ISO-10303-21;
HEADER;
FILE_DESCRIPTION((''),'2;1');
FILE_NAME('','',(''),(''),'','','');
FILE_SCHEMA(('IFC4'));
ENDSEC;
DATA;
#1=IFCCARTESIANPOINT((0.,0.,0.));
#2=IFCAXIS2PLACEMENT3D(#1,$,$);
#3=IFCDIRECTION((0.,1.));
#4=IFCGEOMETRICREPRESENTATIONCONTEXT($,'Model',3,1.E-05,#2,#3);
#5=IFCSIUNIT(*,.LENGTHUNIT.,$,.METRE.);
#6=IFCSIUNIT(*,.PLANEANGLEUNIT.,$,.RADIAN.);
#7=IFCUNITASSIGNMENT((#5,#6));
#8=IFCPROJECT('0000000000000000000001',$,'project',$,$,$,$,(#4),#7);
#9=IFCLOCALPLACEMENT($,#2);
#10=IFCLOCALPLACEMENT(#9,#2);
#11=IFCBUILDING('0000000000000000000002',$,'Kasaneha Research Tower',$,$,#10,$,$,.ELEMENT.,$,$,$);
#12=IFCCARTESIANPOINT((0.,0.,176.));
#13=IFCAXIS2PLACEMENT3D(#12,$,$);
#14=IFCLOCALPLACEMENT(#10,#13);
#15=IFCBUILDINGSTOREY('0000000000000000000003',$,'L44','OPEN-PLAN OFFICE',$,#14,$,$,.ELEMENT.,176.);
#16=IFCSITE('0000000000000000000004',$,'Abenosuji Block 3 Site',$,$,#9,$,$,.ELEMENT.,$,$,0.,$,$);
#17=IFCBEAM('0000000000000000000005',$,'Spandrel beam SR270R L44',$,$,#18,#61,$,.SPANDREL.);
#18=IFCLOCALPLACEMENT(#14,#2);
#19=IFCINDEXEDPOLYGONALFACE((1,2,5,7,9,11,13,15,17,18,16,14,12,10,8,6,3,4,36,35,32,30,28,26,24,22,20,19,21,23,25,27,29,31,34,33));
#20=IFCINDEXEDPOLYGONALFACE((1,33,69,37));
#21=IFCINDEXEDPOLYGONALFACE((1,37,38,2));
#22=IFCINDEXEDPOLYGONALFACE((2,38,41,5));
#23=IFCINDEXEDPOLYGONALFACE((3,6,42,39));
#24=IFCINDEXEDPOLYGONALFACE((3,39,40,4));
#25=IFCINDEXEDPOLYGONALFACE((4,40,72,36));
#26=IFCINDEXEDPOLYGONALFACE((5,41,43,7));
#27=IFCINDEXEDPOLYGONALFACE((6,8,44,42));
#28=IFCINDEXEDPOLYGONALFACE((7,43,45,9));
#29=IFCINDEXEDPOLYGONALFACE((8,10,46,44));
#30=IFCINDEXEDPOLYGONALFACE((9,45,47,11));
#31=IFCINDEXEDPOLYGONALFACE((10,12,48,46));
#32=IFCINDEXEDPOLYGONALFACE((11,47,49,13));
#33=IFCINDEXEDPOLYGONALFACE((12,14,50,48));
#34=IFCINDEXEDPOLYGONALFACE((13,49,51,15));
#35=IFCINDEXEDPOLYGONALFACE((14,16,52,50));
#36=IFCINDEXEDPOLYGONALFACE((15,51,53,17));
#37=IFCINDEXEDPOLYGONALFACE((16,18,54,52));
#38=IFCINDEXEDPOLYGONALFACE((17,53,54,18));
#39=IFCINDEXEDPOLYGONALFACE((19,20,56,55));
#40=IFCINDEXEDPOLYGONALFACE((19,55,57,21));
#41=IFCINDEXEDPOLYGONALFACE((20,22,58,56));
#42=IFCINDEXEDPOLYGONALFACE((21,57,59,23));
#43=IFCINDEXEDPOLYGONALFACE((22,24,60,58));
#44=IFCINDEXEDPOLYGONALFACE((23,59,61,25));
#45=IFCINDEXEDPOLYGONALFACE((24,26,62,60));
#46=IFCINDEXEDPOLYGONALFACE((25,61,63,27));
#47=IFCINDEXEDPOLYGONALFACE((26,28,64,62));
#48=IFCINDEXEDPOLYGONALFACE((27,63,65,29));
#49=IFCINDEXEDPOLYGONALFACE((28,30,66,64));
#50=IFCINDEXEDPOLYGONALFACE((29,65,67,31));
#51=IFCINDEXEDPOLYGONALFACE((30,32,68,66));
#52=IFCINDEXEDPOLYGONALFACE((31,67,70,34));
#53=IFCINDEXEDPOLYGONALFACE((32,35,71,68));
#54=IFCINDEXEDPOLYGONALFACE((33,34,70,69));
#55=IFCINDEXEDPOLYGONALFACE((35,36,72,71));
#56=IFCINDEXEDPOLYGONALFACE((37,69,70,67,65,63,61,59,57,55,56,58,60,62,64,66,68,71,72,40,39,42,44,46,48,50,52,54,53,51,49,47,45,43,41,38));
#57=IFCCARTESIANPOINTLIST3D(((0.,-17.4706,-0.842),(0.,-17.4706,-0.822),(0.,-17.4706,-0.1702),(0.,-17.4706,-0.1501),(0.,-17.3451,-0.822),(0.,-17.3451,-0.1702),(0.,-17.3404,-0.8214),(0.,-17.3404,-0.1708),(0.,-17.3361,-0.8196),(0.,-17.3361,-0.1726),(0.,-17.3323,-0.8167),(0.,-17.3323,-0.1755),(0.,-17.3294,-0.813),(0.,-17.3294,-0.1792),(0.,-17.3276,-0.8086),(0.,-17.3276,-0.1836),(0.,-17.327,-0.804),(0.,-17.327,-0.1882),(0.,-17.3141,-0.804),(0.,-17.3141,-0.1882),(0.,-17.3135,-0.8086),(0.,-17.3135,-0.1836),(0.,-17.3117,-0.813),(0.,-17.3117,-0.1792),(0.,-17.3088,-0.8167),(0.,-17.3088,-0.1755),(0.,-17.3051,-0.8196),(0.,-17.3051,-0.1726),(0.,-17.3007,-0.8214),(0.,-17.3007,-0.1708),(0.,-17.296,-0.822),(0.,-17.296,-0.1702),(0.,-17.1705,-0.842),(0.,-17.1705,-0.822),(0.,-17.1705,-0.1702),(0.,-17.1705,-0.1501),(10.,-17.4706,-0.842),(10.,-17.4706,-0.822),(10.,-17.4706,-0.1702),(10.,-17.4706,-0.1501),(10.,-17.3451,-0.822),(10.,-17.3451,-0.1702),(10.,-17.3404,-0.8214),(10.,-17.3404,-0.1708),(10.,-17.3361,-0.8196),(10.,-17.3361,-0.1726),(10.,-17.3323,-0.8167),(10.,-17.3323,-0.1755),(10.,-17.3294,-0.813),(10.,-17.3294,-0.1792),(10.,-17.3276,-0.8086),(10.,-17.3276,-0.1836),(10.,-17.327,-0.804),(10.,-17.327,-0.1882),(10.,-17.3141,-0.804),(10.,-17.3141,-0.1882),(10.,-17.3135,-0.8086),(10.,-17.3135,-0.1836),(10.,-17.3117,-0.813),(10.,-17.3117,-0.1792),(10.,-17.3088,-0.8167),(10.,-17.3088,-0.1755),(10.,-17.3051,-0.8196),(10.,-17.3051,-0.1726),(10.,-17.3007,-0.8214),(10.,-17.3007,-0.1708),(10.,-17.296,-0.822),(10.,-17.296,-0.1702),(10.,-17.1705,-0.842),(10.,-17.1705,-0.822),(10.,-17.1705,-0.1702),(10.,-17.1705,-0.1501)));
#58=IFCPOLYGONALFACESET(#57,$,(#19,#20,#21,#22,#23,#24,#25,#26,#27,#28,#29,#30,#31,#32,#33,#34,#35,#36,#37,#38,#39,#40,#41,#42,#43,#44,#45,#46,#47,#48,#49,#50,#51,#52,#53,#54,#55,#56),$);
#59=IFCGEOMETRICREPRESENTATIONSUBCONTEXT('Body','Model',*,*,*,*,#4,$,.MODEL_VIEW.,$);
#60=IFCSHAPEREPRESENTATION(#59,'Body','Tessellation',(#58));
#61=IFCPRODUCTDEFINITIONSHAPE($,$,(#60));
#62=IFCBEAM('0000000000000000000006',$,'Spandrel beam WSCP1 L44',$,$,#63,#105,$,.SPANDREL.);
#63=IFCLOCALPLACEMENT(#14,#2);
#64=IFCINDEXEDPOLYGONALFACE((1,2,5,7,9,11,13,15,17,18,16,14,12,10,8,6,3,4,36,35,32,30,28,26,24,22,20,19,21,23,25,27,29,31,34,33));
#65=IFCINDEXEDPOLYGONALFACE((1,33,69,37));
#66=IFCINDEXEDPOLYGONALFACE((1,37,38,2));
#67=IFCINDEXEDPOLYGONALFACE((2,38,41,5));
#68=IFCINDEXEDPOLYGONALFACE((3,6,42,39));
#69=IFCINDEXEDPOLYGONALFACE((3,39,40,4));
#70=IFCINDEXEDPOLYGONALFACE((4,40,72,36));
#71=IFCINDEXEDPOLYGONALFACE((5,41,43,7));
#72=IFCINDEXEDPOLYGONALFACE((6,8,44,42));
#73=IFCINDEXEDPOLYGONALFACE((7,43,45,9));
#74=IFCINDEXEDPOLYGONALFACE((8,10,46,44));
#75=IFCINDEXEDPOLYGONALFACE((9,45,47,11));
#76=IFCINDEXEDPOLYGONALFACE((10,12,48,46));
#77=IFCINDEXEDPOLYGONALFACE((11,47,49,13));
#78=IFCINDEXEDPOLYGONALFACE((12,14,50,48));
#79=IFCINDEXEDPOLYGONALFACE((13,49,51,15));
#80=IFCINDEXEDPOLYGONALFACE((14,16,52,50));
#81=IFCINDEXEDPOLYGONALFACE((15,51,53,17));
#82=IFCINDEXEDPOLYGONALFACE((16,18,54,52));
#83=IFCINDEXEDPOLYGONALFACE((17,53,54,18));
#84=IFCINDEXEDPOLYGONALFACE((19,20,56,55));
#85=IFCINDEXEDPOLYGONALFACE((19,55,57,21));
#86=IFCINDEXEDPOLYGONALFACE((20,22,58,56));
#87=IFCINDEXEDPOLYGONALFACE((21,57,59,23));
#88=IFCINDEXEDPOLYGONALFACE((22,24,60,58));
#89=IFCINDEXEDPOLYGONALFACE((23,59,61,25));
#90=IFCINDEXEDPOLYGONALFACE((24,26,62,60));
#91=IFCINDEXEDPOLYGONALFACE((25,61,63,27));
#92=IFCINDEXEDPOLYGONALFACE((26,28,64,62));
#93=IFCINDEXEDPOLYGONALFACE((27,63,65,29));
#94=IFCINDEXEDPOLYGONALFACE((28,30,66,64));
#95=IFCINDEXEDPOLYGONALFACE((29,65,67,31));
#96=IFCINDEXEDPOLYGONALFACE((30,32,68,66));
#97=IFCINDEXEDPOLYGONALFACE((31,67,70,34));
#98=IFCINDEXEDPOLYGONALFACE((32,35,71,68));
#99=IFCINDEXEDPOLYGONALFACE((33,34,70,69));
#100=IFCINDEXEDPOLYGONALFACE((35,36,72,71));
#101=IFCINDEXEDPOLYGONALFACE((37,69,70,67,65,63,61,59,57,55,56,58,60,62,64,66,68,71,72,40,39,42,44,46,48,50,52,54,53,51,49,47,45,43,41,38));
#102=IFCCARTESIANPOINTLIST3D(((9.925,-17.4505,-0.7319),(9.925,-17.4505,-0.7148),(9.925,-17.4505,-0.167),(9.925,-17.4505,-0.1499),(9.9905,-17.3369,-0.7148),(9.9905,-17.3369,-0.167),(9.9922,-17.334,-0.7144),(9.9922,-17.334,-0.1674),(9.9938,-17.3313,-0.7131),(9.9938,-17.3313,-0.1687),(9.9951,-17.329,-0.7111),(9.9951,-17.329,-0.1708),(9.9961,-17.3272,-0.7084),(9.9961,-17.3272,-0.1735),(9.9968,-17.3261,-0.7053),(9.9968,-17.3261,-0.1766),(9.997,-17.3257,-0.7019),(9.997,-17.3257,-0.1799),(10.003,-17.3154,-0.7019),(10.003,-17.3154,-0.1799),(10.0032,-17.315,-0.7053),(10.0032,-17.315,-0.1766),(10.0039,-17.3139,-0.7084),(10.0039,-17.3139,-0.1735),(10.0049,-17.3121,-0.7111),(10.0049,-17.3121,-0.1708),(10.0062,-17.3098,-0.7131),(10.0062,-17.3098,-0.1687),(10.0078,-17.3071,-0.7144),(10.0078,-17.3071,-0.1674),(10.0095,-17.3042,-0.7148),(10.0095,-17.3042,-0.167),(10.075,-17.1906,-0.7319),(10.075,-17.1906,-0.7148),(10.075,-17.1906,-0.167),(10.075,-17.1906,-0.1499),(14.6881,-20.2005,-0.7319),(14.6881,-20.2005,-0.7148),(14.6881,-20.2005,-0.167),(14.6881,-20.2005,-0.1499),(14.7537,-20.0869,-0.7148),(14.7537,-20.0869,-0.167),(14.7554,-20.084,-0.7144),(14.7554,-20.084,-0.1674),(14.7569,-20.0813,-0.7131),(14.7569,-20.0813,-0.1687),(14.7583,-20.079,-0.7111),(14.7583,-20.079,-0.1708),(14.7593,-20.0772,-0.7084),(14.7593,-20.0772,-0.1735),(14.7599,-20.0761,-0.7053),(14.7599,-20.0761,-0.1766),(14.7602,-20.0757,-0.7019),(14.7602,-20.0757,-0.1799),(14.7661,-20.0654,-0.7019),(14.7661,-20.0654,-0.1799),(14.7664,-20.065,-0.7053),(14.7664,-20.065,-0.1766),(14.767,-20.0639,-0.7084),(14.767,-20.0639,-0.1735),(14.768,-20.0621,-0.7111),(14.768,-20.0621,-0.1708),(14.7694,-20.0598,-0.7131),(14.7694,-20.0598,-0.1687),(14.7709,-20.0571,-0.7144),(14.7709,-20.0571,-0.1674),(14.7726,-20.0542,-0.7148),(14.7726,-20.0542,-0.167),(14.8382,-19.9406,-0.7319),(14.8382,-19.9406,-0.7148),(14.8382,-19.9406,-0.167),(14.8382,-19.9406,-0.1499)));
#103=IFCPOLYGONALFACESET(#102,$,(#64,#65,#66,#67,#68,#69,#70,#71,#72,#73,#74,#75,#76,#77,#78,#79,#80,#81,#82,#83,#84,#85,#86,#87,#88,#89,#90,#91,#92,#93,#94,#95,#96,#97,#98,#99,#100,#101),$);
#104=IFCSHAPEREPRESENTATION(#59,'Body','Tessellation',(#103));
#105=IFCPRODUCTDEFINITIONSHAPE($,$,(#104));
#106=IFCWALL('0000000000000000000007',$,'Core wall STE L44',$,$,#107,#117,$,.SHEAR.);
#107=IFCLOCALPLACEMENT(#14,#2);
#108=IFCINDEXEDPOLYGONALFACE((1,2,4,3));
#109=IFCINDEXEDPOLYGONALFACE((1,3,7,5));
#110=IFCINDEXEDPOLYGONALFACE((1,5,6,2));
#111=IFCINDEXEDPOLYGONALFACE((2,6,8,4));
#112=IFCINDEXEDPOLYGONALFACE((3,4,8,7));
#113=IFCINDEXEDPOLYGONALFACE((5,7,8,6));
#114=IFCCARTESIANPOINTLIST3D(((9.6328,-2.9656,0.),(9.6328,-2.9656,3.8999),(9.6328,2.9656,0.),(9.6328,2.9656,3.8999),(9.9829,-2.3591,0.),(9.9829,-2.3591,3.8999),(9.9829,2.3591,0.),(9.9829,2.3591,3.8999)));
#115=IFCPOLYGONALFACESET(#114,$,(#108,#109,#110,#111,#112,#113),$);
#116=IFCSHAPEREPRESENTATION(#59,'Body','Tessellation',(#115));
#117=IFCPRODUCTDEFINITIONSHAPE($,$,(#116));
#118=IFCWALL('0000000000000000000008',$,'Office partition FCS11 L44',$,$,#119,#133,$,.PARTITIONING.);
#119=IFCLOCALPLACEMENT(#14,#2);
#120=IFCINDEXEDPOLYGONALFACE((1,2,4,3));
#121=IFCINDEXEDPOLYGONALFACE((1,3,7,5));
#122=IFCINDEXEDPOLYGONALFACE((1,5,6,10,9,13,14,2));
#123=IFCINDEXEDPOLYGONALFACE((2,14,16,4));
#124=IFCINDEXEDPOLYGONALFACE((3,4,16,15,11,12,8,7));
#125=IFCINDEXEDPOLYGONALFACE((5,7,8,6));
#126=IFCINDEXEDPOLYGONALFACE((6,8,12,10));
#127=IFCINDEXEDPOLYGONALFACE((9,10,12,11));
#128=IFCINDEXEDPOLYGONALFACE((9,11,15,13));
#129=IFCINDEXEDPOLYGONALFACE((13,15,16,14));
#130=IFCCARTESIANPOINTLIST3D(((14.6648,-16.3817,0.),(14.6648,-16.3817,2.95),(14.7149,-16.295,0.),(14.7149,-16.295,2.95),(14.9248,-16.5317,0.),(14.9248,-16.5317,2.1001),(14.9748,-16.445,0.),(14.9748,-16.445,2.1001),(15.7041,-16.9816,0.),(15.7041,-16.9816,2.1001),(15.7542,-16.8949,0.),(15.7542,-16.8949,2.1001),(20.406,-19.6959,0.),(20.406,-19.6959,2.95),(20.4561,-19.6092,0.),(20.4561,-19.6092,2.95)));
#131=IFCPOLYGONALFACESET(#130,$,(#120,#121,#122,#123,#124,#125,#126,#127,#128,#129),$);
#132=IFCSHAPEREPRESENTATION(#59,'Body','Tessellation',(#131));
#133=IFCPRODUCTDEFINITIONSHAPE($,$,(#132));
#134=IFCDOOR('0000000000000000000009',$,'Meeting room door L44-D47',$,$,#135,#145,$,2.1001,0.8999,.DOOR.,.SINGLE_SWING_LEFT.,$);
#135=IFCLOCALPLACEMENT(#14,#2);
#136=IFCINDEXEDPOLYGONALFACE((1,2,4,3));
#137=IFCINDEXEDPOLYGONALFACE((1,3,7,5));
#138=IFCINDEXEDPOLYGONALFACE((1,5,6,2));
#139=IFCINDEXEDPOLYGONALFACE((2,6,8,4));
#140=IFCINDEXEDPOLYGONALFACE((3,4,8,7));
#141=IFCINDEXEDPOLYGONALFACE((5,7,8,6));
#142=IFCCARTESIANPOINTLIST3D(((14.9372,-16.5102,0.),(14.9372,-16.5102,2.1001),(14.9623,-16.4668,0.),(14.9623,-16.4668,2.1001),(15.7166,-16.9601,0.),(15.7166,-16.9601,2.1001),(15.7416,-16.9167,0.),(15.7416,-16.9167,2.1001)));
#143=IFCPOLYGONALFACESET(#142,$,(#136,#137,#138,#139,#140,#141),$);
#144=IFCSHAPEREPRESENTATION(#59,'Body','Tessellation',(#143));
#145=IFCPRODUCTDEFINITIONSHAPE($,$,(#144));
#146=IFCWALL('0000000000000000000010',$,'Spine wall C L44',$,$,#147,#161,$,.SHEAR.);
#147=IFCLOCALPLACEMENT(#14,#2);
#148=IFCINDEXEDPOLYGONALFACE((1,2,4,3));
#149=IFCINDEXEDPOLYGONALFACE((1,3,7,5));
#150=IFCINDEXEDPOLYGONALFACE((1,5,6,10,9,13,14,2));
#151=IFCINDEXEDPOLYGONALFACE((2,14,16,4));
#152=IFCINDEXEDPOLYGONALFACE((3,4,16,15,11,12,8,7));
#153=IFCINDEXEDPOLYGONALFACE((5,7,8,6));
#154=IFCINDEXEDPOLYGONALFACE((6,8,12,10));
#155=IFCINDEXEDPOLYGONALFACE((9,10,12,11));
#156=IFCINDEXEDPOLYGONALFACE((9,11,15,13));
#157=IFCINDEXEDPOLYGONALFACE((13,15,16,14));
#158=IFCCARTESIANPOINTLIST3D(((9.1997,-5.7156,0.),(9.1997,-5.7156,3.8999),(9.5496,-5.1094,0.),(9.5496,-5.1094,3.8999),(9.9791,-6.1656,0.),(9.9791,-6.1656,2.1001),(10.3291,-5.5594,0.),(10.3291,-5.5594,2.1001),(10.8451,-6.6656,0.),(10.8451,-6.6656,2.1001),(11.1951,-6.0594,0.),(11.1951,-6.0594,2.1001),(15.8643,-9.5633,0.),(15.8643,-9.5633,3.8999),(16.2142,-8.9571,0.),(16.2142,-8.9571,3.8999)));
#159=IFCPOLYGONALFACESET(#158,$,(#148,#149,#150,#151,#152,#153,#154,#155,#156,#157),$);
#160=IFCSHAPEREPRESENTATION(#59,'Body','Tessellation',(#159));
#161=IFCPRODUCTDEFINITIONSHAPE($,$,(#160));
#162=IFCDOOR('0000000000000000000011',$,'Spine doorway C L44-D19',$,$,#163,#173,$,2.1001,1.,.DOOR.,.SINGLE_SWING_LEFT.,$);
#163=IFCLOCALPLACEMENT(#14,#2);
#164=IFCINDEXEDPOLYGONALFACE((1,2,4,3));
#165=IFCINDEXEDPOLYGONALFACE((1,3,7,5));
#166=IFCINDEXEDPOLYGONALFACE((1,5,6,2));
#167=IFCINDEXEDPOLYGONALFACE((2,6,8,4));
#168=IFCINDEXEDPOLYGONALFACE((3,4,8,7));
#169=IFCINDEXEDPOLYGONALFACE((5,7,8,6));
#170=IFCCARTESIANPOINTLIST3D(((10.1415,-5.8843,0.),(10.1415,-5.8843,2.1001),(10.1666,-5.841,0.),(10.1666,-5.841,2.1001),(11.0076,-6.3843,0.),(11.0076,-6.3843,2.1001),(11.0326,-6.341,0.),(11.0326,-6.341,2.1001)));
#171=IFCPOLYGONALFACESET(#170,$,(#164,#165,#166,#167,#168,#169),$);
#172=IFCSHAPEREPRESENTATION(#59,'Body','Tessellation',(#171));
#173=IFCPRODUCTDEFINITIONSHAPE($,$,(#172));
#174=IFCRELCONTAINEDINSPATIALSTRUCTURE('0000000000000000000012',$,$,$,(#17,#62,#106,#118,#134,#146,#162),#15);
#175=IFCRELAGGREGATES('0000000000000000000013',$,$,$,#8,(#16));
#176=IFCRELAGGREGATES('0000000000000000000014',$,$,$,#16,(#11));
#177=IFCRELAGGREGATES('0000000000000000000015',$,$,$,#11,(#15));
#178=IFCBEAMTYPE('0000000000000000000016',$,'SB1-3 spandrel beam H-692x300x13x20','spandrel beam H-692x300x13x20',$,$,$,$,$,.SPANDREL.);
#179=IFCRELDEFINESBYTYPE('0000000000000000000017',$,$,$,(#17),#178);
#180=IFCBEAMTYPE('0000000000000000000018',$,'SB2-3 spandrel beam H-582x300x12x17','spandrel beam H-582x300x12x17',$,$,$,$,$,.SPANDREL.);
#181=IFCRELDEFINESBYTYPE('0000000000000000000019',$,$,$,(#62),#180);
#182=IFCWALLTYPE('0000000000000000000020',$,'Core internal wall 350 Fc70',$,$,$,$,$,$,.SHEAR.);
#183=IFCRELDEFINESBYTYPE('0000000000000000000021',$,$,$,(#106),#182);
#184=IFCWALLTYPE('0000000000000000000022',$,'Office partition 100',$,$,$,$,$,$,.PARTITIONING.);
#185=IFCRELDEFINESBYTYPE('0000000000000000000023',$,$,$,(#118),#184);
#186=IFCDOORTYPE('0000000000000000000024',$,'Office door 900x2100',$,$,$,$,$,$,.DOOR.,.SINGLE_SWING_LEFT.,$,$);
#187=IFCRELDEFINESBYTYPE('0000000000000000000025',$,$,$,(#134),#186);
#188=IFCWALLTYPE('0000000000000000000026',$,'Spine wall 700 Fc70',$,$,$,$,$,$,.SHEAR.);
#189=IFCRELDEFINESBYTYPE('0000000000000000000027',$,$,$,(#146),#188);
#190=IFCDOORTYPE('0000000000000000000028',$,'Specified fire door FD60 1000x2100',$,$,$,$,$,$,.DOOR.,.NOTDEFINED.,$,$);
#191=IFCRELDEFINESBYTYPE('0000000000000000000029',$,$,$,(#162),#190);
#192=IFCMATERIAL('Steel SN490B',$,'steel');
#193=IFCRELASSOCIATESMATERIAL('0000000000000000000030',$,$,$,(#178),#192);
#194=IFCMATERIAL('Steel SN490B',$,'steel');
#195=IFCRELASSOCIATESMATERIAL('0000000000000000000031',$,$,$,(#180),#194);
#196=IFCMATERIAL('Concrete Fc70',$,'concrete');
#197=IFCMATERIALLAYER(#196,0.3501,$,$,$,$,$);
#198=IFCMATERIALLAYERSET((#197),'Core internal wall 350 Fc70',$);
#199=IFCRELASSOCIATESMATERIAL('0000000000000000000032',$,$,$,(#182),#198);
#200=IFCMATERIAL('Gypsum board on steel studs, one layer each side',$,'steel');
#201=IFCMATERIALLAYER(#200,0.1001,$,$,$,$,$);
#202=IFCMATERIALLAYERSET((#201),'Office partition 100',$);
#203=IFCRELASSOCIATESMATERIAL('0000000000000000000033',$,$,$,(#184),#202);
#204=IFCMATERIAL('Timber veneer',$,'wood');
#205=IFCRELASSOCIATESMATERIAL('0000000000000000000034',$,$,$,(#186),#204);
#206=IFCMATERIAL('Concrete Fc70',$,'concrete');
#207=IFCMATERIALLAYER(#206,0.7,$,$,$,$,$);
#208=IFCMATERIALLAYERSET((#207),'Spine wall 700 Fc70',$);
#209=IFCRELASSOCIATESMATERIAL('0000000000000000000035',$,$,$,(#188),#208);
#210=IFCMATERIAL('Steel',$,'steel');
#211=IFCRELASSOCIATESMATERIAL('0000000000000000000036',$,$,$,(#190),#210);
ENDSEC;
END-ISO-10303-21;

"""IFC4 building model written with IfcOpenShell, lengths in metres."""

from ifc_helpers import new_model, si_unit, direction, frame, frame_2d, origin, origin_2d, place, context, subcontext, project, spatial, polyline, rectangle, i_section, outline, extrude, material, layer, layer_set, material_profile, profile_set, type_object, element, fill, save


model = new_model("IFC4")

# Units and contexts
model_context = context("Model", 3, precision=1e-05, world=origin(), true_north=direction((0.0, 1.0)))
body_context = subcontext(model_context, "Body", "Model", "MODEL_VIEW")
ifc_project = project(units=[si_unit("LENGTHUNIT", "METRE"), si_unit("PLANEANGLEUNIT", "RADIAN")], contexts=[model_context])

# Site, building, storey
site_placement = place(None, origin())
site = spatial("IfcSite", under=ifc_project, at=site_placement, Name="Abenosuji Block 3 Site", CompositionType="ELEMENT", RefElevation=0.0)
building_placement = place(site_placement, origin())
building = spatial("IfcBuilding", under=site, at=building_placement, Name="Kasaneha Research Tower", CompositionType="ELEMENT")
storey_placement = place(building_placement, frame((0.0, 0.0, 176.0)))
storey = spatial("IfcBuildingStorey", under=building, at=storey_placement, Name="L44", Description="OPEN-PLAN OFFICE", CompositionType="ELEMENT", Elevation=176.0)

# Beams
ifc_material_1 = material(Name="Steel SN490B", Category="steel")
ifc_material_profile_1 = material_profile(ifc_material_1, i_section(OverallWidth=0.3, OverallDepth=0.6919, WebThickness=0.0129, FlangeThickness=0.02, FilletRadius=0.0181, at=origin_2d()), Name="H-692x300x13x20")
ifc_profile_set_1 = profile_set([ifc_material_profile_1], Name="Steel SN490B")
beam_type_1 = type_object("IfcBeamType", Name="SB1-3 spandrel beam H-692x300x13x20", Description="spandrel beam H-692x300x13x20", PredefinedType="SPANDREL", material=ifc_profile_set_1)
beam_1_placement = place(storey_placement, frame((10.0, -17.3206, -0.4961), z_axis=(-1.0, 0.0, 0.0), x_axis=(0.0, -1.0, 0.0)))
element("IfcBeam", 1, at=beam_1_placement, inside=storey, type_object=beam_type_1, Name="Spandrel beam SR270R L44", PredefinedType="SPANDREL", context=body_context, shape_type="SweptSolid", body=[
    extrude(i_section(OverallWidth=0.3, OverallDepth=0.6919, WebThickness=0.0129, FlangeThickness=0.02, FilletRadius=0.0181, at=origin_2d()), origin(), (0.0, 0.0, 1.0), 10.0),
])
ifc_material_2 = material(Name="Steel SN490B", Category="steel")
ifc_material_profile_2 = material_profile(ifc_material_2, i_section(OverallWidth=0.3, OverallDepth=0.582, WebThickness=0.012, FlangeThickness=0.0171, FilletRadius=0.0129, at=origin_2d()), Name="H-582x300x12x17")
ifc_profile_set_2 = profile_set([ifc_material_profile_2], Name="Steel SN490B")
beam_type_2 = type_object("IfcBeamType", Name="SB2-3 spandrel beam H-582x300x12x17", Description="spandrel beam H-582x300x12x17", PredefinedType="SPANDREL", material=ifc_profile_set_2)
beam_2_placement = place(storey_placement, frame((10.0, -17.3206, -0.4409), z_axis=(0.866027, -0.499997, 0.0), x_axis=(0.499997, 0.866027, 0.0)))
element("IfcBeam", 2, at=beam_2_placement, inside=storey, type_object=beam_type_2, Name="Spandrel beam WSCP1 L44", PredefinedType="SPANDREL", context=body_context, shape_type="SweptSolid", body=[
    extrude(i_section(OverallWidth=0.3, OverallDepth=0.582, WebThickness=0.012, FlangeThickness=0.0171, FilletRadius=0.0129, at=origin_2d()), origin(), (0.0, 0.0, 1.0), 5.5),
])

# Wall
ifc_material_3 = material(Name="Concrete Fc70", Category="concrete")
ifc_layer_1 = layer(ifc_material_3, 0.3501)
ifc_layer_set_1 = layer_set([ifc_layer_1], Name="Core internal wall 350 Fc70")
wall_type_1 = type_object("IfcWallType", Name="Core internal wall 350 Fc70", PredefinedType="SHEAR", material=ifc_layer_set_1)
wall_1_placement = place(storey_placement, frame((9.8079, -2.6624, 0.0), z_axis=(0.0, 0.0, 1.0), x_axis=(0.0, 1.0, 0.0)))
element("IfcWall", 3, at=wall_1_placement, inside=storey, type_object=wall_type_1, Name="Core wall STE L44", PredefinedType="SHEAR", context=body_context, shape_type="SweptSolid", body=[
    extrude(outline(polyline([(0.3032, -0.175), (5.0215, -0.175), (5.6279, 0.175), (-0.3032, 0.175), (0.3032, -0.175)])), origin(), (0.0, 0.0, 1.0), 3.8999),
])

# Walls, openings, doors
ifc_material_4 = material(Name="Gypsum board on steel studs, one layer each side", Category="steel")
ifc_layer_2 = layer(ifc_material_4, 0.1001)
ifc_layer_set_2 = layer_set([ifc_layer_2], Name="Office partition 100")
wall_type_2 = type_object("IfcWallType", Name="Office partition 100", PredefinedType="PARTITIONING", material=ifc_layer_set_2)
wall_2_placement = place(storey_placement, frame((14.6899, -16.3384, 0.0), z_axis=(0.0, 0.0, 1.0), x_axis=(0.866057, -0.499946, 0.0)))
wall_2 = element("IfcWall", 4, at=wall_2_placement, inside=storey, type_object=wall_type_2, Name="Office partition FCS11 L44", PredefinedType="PARTITIONING", context=body_context, shape_type="SweptSolid", body=[
    extrude(rectangle(XDim=6.6292, YDim=0.1001, at=frame_2d((3.3145, 0.0))), origin(), (0.0, 0.0, 1.0), 2.95),
])
opening_1_placement = place(wall_2_placement, frame((0.3, 0.0, 0.0)))
opening_1 = element("IfcOpeningElement", 5, at=opening_1_placement, cuts=wall_2, PredefinedType="OPENING", context=body_context, shape_type="SweptSolid", body=[
    extrude(rectangle(XDim=0.8999, YDim=2.1001, at=frame_2d((0.45, 1.05))), frame((0.0, 0.0601, 0.0), z_axis=(0.0, -1.0, 0.0), x_axis=(1.0, 0.0, 0.0)), (0.0, 0.0, 1.0), 0.1201),
])
ifc_material_5 = material(Name="Timber veneer", Category="wood")
door_type_1 = type_object("IfcDoorType", Name="Office door 900x2100", OperationType="SINGLE_SWING_LEFT", PredefinedType="DOOR", material=ifc_material_5)
door_1_placement = place(opening_1_placement, origin())
door_1 = element("IfcDoor", 6, at=door_1_placement, inside=storey, type_object=door_type_1, Name="Meeting room door L44-D47", OperationType="SINGLE_SWING_LEFT", OverallHeight=2.1001, OverallWidth=0.8999, PredefinedType="DOOR", context=body_context, shape_type="SweptSolid", body=[
    extrude(rectangle(XDim=0.8999, YDim=2.1001, at=frame_2d((0.45, 1.05))), frame((0.0, 0.0249, 0.0), z_axis=(0.0, -1.0, 0.0), x_axis=(1.0, 0.0, 0.0)), (0.0, 0.0, 1.0), 0.05),
])
fill(opening_1, door_1)
ifc_material_6 = material(Name="Concrete Fc70", Category="concrete")
ifc_layer_3 = layer(ifc_material_6, 0.7)
ifc_layer_set_3 = layer_set([ifc_layer_3], Name="Spine wall 700 Fc70")
wall_type_3 = type_object("IfcWallType", Name="Spine wall 700 Fc70", PredefinedType="SHEAR", material=ifc_layer_set_3)
wall_3_placement = place(storey_placement, frame((9.3748, -5.4126, 0.0), z_axis=(0.0, 0.0, 1.0), x_axis=(0.866032, -0.499988, 0.0)))
wall_3 = element("IfcWall", 7, at=wall_3_placement, inside=storey, type_object=wall_type_3, Name="Spine wall C L44", PredefinedType="SHEAR", context=body_context, shape_type="SweptSolid", body=[
    extrude(rectangle(XDim=7.6956, YDim=0.7, at=frame_2d((3.8477, 0.0))), origin(), (0.0, 0.0, 1.0), 3.8999),
])
opening_2_placement = place(wall_3_placement, frame((0.8999, 0.0, 0.0)))
opening_2 = element("IfcOpeningElement", 8, at=opening_2_placement, cuts=wall_3, PredefinedType="OPENING", context=body_context, shape_type="SweptSolid", body=[
    extrude(rectangle(XDim=1.0, YDim=2.1001, at=frame_2d((0.5, 1.05))), frame((0.0, 0.3599, 0.0), z_axis=(0.0, -1.0, 0.0), x_axis=(1.0, 0.0, 0.0)), (0.0, 0.0, 1.0), 0.72),
])
ifc_material_7 = material(Name="Steel", Category="steel")
door_type_2 = type_object("IfcDoorType", Name="Specified fire door FD60 1000x2100", OperationType="NOTDEFINED", PredefinedType="DOOR", material=ifc_material_7)
door_2_placement = place(opening_2_placement, origin())
door_2 = element("IfcDoor", 9, at=door_2_placement, inside=storey, type_object=door_type_2, Name="Spine doorway C L44-D19", OperationType="SINGLE_SWING_LEFT", OverallHeight=2.1001, OverallWidth=1.0, PredefinedType="DOOR", context=body_context, shape_type="SweptSolid", body=[
    extrude(rectangle(XDim=1.0, YDim=2.1001, at=frame_2d((0.5, 1.05))), frame((0.0, 0.0249, 0.0), z_axis=(0.0, -1.0, 0.0), x_axis=(1.0, 0.0, 0.0)), (0.0, 0.0, 1.0), 0.05),
])
fill(opening_2, door_2)

save(model, "model.ifc")
